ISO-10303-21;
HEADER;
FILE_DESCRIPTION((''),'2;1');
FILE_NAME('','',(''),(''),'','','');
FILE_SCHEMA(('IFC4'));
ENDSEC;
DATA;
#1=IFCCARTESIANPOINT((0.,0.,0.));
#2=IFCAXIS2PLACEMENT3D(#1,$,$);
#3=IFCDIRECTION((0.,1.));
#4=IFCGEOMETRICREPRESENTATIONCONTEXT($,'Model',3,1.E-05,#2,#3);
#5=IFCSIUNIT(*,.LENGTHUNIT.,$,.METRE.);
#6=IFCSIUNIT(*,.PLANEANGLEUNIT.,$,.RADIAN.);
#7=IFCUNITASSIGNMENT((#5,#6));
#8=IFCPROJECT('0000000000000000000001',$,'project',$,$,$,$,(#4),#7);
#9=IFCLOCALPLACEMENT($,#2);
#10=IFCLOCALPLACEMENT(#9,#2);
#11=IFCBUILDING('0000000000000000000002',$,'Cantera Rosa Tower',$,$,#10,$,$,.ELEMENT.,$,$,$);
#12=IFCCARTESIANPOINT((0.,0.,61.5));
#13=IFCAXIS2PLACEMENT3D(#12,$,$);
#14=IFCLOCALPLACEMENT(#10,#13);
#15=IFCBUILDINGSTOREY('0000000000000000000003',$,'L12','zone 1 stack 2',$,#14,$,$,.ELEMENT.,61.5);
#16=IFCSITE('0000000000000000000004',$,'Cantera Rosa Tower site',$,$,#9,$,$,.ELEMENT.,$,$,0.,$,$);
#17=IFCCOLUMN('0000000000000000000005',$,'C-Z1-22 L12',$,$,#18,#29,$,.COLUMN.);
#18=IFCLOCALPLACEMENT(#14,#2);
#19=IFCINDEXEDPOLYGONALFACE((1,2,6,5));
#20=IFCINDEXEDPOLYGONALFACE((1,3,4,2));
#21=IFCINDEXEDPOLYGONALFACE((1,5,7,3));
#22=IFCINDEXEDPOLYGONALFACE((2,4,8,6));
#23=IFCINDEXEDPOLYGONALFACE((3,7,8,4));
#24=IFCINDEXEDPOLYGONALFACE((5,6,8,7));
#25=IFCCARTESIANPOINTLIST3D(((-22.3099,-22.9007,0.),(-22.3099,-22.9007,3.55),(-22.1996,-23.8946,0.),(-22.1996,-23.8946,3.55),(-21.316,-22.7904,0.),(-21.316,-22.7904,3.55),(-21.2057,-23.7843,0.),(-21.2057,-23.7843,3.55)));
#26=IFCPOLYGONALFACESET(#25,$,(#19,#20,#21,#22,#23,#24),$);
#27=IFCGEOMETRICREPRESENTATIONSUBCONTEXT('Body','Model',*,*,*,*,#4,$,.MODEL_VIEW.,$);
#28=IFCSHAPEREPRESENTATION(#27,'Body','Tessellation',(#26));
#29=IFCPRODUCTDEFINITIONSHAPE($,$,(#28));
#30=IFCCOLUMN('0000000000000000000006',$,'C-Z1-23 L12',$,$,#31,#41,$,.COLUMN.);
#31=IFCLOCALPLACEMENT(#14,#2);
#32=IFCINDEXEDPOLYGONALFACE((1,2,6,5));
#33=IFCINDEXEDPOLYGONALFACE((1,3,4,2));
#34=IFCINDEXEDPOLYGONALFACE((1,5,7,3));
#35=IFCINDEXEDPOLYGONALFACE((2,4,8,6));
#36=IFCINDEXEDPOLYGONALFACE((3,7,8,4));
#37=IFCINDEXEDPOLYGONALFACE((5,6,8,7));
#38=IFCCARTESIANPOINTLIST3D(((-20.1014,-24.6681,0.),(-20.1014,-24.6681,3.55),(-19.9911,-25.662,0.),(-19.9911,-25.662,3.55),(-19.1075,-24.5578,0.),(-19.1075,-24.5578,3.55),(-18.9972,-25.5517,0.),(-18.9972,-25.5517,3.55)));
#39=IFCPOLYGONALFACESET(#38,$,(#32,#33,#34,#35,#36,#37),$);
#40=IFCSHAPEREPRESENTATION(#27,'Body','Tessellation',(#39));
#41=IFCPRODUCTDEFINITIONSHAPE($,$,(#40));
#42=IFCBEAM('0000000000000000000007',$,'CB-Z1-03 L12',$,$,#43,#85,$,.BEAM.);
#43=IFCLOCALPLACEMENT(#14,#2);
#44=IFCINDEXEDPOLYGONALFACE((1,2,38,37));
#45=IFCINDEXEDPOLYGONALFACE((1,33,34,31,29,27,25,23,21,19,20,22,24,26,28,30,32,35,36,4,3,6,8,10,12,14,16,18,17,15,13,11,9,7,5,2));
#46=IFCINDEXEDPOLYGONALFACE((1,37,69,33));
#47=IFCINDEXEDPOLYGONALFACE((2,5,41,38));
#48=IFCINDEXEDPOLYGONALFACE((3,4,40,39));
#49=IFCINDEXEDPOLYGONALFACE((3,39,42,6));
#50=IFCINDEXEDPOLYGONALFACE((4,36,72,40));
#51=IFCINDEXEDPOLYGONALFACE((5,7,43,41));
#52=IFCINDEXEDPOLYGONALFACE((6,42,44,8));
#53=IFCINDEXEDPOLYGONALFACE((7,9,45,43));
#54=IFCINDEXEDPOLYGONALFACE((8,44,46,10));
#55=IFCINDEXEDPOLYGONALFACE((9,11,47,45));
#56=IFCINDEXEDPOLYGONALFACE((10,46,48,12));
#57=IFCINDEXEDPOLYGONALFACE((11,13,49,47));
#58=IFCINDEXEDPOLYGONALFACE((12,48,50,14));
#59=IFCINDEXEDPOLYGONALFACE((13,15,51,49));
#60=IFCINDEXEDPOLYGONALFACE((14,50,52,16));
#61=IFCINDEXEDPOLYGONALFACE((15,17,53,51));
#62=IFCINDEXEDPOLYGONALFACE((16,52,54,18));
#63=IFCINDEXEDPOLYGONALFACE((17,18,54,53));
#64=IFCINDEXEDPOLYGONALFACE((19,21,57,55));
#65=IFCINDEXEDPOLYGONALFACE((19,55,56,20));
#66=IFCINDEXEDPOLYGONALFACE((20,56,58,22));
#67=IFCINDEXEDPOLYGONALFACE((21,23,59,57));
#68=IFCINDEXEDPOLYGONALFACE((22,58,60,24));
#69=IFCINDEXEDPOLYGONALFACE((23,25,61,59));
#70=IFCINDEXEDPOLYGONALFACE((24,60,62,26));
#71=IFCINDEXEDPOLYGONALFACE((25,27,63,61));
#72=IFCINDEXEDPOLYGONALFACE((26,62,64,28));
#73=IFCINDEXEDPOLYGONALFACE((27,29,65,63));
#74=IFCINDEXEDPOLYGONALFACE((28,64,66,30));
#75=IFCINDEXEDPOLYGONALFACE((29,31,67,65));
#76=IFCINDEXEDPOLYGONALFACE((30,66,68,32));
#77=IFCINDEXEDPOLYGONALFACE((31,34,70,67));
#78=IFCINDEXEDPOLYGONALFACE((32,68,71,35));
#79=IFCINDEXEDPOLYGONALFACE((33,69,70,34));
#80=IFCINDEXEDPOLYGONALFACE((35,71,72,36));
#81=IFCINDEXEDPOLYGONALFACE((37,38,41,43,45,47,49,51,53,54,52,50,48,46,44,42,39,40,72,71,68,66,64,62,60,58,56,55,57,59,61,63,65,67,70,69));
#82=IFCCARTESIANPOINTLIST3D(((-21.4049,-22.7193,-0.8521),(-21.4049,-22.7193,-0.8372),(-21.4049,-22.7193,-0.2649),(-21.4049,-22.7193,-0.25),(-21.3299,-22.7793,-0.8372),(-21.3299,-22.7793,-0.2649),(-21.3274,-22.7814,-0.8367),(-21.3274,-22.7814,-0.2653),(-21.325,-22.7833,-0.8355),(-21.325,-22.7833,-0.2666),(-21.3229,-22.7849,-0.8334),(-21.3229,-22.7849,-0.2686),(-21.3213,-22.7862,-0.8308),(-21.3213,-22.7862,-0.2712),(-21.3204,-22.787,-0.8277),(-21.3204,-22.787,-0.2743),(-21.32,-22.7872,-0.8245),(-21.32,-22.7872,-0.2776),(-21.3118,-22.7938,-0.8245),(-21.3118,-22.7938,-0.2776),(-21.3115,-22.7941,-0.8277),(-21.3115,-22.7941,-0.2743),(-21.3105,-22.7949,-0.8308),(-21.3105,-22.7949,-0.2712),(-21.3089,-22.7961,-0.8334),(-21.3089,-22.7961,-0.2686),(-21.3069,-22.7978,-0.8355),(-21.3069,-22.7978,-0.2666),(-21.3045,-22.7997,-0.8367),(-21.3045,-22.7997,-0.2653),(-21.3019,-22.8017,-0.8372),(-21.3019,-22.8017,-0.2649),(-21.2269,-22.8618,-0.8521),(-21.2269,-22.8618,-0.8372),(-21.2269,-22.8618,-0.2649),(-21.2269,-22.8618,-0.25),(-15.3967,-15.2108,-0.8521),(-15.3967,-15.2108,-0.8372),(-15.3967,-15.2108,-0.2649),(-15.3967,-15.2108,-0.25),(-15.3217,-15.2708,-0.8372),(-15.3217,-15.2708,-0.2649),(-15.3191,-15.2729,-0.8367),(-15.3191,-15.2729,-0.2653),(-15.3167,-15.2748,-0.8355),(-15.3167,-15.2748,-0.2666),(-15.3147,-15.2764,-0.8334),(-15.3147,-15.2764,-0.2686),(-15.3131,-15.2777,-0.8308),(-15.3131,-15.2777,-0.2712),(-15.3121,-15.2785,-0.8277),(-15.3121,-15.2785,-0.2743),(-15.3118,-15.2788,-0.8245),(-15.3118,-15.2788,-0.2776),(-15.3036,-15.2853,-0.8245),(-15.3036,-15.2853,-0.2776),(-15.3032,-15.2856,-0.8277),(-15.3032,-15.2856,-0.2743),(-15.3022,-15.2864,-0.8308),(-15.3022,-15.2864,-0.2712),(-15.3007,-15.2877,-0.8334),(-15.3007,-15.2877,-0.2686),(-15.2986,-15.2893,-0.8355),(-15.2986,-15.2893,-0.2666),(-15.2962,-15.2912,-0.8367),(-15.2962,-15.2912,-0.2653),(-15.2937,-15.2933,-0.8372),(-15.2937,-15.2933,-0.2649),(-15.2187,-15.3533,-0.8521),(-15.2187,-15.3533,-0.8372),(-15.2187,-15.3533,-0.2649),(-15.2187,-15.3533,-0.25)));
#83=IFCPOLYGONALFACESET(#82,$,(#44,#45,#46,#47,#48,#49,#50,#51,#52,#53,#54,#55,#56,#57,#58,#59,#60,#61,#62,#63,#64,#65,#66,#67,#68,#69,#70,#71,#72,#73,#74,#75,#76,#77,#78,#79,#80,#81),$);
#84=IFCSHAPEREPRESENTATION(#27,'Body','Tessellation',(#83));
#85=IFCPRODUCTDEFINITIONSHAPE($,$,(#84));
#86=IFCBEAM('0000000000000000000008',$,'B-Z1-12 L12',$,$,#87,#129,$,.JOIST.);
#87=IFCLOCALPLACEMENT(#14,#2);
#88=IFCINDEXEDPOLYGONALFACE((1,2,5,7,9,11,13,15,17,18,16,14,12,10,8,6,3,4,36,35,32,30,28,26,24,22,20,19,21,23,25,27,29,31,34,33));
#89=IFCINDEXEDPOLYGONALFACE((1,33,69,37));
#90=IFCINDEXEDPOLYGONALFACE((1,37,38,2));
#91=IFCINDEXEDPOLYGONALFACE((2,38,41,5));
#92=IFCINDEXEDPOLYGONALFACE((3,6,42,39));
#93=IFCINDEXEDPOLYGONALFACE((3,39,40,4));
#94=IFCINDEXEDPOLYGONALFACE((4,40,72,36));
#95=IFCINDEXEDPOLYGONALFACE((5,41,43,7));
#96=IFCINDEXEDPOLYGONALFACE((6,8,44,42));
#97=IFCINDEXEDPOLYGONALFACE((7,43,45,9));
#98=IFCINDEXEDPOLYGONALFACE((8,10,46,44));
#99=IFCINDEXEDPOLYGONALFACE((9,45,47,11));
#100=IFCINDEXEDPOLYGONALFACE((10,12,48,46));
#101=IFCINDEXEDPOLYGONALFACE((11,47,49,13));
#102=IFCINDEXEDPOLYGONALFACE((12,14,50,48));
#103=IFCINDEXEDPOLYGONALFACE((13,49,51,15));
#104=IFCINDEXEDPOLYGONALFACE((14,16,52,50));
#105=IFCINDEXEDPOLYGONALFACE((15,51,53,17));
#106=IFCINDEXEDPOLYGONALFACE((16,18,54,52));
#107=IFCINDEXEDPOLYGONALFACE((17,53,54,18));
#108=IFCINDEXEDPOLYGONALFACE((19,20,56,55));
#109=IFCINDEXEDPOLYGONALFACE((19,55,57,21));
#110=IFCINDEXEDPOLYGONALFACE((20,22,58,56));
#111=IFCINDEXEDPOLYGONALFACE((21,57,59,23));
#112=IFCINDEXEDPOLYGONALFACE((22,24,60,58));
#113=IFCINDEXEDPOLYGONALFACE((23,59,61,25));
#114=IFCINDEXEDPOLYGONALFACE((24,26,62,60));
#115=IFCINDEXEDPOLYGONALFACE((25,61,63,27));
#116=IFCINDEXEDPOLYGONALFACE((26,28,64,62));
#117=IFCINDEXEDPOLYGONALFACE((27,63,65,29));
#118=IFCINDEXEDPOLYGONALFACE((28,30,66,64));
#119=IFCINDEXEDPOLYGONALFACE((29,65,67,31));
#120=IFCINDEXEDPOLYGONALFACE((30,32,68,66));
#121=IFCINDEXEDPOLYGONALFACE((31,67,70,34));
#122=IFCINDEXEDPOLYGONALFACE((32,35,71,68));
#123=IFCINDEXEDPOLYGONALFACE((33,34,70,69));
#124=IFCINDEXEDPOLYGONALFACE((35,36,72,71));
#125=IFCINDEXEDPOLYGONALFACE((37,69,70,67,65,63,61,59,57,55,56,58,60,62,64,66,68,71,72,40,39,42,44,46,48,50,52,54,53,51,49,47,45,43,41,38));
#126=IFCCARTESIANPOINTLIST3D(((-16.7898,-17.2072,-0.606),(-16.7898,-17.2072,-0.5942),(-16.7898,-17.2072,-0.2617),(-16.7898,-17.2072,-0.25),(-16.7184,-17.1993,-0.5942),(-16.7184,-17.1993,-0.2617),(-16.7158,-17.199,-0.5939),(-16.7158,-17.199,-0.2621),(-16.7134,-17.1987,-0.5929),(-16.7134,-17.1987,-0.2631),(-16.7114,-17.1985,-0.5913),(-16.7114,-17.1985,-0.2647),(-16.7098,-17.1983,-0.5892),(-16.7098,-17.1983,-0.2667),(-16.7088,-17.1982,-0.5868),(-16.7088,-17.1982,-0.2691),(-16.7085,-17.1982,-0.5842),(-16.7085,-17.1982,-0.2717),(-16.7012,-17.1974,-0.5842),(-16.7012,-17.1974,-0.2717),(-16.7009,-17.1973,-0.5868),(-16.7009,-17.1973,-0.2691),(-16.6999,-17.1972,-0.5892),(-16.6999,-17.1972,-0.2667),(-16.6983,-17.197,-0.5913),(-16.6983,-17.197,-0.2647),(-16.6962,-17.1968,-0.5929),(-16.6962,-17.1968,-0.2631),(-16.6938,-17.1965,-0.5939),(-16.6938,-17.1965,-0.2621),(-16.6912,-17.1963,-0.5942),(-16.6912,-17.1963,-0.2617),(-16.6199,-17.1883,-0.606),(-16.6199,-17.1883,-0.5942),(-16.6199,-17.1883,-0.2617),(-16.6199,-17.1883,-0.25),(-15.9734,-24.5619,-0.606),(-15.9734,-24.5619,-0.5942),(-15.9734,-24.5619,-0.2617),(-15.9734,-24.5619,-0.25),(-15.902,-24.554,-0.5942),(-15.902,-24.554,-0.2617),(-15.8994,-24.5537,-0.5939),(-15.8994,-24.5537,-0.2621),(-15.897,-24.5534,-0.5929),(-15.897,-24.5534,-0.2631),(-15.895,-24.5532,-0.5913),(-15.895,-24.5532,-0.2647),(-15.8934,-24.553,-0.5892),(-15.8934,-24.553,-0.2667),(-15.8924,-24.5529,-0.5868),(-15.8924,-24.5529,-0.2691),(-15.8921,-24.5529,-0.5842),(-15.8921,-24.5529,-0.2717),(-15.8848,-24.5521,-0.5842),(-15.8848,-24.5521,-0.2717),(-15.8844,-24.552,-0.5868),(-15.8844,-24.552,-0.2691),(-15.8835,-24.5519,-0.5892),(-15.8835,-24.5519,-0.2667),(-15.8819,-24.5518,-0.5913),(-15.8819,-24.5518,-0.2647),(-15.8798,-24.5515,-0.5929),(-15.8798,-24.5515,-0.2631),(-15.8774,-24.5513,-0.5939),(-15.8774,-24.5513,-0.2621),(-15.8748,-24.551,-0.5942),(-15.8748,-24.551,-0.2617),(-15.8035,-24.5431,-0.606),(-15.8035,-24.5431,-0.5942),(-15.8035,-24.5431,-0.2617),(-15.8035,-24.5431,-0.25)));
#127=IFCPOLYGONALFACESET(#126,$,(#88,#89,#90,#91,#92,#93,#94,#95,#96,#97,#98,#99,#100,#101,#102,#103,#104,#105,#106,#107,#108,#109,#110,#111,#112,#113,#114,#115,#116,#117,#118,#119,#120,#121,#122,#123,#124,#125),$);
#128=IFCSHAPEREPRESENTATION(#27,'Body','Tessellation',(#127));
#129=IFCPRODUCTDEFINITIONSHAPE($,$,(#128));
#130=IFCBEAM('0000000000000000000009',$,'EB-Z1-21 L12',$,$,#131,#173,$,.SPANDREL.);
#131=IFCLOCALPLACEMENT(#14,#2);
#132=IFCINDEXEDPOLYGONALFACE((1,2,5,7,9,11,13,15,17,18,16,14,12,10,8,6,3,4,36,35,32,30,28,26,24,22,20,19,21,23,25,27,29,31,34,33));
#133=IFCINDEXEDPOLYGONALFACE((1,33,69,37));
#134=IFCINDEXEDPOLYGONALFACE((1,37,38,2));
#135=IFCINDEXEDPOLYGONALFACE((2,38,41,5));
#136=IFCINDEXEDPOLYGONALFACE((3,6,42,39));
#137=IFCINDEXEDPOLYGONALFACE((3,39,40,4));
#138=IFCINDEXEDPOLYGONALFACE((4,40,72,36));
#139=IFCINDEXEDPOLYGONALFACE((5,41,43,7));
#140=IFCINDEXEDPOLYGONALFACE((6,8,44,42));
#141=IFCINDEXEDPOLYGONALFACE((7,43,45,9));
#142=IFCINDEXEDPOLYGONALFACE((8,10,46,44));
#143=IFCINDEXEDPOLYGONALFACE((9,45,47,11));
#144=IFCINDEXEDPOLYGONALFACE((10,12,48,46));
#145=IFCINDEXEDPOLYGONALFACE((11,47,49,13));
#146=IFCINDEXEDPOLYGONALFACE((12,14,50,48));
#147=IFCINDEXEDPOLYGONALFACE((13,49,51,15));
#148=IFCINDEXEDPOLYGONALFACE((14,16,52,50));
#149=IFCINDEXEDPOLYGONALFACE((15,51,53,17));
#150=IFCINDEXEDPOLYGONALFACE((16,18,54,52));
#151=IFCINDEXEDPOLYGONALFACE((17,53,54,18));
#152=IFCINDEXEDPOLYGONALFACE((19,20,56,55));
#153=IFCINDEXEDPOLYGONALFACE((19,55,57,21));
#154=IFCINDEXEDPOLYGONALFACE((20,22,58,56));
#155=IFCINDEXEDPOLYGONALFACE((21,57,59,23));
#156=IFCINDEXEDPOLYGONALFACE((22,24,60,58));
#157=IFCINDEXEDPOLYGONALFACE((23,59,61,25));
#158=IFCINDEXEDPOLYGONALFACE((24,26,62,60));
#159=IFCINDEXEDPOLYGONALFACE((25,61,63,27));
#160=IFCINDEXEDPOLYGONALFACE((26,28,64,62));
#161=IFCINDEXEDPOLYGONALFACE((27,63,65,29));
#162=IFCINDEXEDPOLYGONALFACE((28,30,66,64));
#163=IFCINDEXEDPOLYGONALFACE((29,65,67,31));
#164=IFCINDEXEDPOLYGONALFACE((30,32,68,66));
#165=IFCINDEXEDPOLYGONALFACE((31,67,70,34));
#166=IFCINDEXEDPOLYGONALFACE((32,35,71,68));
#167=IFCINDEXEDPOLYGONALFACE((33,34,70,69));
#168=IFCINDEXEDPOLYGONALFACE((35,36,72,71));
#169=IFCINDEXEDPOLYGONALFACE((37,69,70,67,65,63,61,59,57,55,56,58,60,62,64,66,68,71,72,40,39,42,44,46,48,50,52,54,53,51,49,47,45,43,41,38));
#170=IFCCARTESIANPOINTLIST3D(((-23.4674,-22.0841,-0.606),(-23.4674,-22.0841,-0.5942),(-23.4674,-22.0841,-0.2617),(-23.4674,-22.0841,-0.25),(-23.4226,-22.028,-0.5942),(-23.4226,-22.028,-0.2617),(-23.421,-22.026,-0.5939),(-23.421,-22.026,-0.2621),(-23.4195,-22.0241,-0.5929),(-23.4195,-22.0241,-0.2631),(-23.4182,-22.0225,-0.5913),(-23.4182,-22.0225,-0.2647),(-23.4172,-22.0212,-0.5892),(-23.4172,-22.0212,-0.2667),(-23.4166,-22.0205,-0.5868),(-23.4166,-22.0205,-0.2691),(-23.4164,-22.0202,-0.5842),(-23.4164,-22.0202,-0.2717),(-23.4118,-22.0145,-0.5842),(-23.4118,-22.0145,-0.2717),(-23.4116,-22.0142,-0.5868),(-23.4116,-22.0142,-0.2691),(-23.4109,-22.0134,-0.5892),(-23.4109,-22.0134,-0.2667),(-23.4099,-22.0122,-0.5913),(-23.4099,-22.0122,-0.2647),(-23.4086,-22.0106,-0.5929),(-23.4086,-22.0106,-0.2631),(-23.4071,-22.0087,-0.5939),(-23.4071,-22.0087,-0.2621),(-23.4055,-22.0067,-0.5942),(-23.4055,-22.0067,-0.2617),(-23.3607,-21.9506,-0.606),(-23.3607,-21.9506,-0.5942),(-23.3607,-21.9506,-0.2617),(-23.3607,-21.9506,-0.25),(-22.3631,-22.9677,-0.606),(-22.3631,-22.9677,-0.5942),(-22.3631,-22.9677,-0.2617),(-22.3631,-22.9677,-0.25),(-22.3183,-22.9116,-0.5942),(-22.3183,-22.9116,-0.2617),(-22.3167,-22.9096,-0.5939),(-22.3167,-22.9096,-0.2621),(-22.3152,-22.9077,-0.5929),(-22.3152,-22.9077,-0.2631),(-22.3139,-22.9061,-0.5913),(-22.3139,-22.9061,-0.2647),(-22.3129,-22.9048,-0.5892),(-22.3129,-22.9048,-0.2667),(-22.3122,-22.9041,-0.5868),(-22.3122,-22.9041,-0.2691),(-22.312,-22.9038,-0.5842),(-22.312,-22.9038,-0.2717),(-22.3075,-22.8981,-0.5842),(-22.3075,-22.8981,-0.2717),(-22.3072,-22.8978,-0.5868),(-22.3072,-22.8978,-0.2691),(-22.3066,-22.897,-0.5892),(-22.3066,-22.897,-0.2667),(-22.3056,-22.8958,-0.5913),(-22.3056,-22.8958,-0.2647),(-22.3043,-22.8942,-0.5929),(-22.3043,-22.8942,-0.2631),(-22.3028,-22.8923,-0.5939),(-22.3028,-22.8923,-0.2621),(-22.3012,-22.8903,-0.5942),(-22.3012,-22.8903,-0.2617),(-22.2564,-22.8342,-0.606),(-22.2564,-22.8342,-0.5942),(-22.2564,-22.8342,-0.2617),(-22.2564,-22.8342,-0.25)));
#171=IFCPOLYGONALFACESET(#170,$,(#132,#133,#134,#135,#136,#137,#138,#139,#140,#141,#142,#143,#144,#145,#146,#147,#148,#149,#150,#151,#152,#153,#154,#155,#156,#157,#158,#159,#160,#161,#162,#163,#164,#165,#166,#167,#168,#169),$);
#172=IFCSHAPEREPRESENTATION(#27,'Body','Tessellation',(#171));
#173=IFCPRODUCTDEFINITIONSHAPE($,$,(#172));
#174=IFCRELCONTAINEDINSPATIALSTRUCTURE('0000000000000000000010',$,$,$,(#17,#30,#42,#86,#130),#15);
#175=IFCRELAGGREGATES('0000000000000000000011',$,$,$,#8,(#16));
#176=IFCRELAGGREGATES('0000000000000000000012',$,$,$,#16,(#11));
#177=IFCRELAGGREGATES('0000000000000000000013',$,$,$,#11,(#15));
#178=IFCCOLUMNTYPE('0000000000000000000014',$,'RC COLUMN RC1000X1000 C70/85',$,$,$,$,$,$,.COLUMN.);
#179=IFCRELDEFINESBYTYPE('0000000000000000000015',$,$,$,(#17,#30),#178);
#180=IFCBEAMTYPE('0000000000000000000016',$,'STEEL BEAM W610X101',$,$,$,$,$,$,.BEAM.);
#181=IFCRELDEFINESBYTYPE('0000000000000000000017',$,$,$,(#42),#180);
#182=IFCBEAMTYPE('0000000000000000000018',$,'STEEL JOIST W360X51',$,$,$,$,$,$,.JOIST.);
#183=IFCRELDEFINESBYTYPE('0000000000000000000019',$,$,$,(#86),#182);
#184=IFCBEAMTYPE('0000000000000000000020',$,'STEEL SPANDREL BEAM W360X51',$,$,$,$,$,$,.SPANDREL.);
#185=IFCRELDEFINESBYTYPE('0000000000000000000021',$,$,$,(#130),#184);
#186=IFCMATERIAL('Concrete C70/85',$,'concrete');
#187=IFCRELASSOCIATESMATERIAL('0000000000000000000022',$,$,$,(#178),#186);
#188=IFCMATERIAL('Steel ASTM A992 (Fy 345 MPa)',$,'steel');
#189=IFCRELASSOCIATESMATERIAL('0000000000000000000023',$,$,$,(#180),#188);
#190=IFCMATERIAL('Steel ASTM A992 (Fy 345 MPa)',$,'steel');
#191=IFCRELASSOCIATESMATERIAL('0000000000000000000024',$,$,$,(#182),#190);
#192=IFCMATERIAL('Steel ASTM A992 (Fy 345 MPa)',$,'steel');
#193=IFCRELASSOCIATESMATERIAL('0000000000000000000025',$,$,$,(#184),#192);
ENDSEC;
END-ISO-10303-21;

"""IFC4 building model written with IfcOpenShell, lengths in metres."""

from ifc_helpers import new_model, si_unit, direction, frame, origin, origin_2d, place, context, subcontext, project, spatial, rectangle, i_section, extrude, material, material_profile, profile_set, type_object, element, save


model = new_model("IFC4")

# Units and contexts
model_context = context("Model", 3, precision=1e-05, world=origin(), true_north=direction((0.0, 1.0)))
body_context = subcontext(model_context, "Body", "Model", "MODEL_VIEW")
ifc_project = project(units=[si_unit("LENGTHUNIT", "METRE"), si_unit("PLANEANGLEUNIT", "RADIAN")], contexts=[model_context])

# Site, building, storey
site_placement = place(None, origin())
site = spatial("IfcSite", under=ifc_project, at=site_placement, Name="Cantera Rosa Tower site", CompositionType="ELEMENT", RefElevation=0.0)
building_placement = place(site_placement, origin())
building = spatial("IfcBuilding", under=site, at=building_placement, Name="Cantera Rosa Tower", CompositionType="ELEMENT")
storey_placement = place(building_placement, frame((0.0, 0.0, 61.5)))
storey = spatial("IfcBuildingStorey", under=building, at=storey_placement, Name="L12", Description="zone 1 stack 2", CompositionType="ELEMENT", Elevation=61.5)

# Columns
ifc_material_1 = material(Name="Concrete C70/85", Category="concrete")
ifc_material_profile_1 = material_profile(ifc_material_1, rectangle(XDim=1.0, YDim=1.0, at=origin_2d()), Name="RC COLUMN RC1000X1000 C70/85")
ifc_profile_set_1 = profile_set([ifc_material_profile_1], Name="Concrete C70/85")
column_type = type_object("IfcColumnType", Name="RC COLUMN RC1000X1000 C70/85", PredefinedType="COLUMN", material=ifc_profile_set_1)
for number, where, z_axis, x_axis, name in (
    (1, (-21.7578, -23.3425, 0.0), (0.0, 0.0, 1.0), (0.993897, 0.110313, 0.0), "C-Z1-22 L12"),
    (2, (-19.5493, -25.1099, 0.0), (0.0, 0.0, 1.0), (0.993897, 0.110313, 0.0), "C-Z1-23 L12"),
):
    element("IfcColumn", number, at=place(storey_placement, frame(where, z_axis=z_axis, x_axis=x_axis)), inside=storey, type_object=column_type, Name=name, PredefinedType="COLUMN", context=body_context, shape_type="SweptSolid", body=[
        extrude(rectangle(XDim=1.0, YDim=1.0, at=origin_2d()), origin(), (0.0, 0.0, 1.0), 3.55),
    ])

# Beams
ifc_material_2 = material(Name="Steel ASTM A992 (Fy 345 MPa)", Category="steel")
ifc_material_profile_2 = material_profile(ifc_material_2, i_section(OverallWidth=0.228, OverallDepth=0.6021, WebThickness=0.0105, FlangeThickness=0.0149, FilletRadius=0.0127, at=origin_2d()), Name="W610X101")
ifc_profile_set_2 = profile_set([ifc_material_profile_2], Name="Steel ASTM A992 (Fy 345 MPa)")
beam_type_1 = type_object("IfcBeamType", Name="STEEL BEAM W610X101", PredefinedType="BEAM", material=ifc_profile_set_2)
beam_1_placement = place(storey_placement, frame((-21.3159, -22.7905, -0.551), z_axis=(0.624788, 0.780794, 0.0), x_axis=(-0.780794, 0.624788, 0.0)))
element("IfcBeam", 3, at=beam_1_placement, inside=storey, type_object=beam_type_1, Name="CB-Z1-03 L12", PredefinedType="BEAM", context=body_context, shape_type="SweptSolid", body=[
    extrude(i_section(OverallWidth=0.228, OverallDepth=0.6021, WebThickness=0.0105, FlangeThickness=0.0149, FilletRadius=0.0127, at=origin_2d()), origin(), (0.0, 0.0, 1.0), 9.6165),
])
ifc_material_3 = material(Name="Steel ASTM A992 (Fy 345 MPa)", Category="steel")
ifc_material_profile_3 = material_profile(ifc_material_3, i_section(OverallWidth=0.1709, OverallDepth=0.356, WebThickness=0.0073, FlangeThickness=0.0117, FilletRadius=0.01, at=origin_2d()), Name="W360X51")
ifc_profile_set_3 = profile_set([ifc_material_profile_3], Name="Steel ASTM A992 (Fy 345 MPa)")
beam_type_2 = type_object("IfcBeamType", Name="STEEL JOIST W360X51", PredefinedType="JOIST", material=ifc_profile_set_3)
beam_2_placement = place(storey_placement, frame((-15.8884, -24.5525, -0.428), z_axis=(-0.110327, 0.993895, 0.0), x_axis=(-0.993895, -0.110327, 0.0)))
element("IfcBeam", 4, at=beam_2_placement, inside=storey, type_object=beam_type_2, Name="B-Z1-12 L12", PredefinedType="JOIST", context=body_context, shape_type="SweptSolid", body=[
    extrude(i_section(OverallWidth=0.1709, OverallDepth=0.356, WebThickness=0.0073, FlangeThickness=0.0117, FilletRadius=0.01, at=origin_2d()), origin(), (0.0, 0.0, 1.0), 7.3999),
])
ifc_material_4 = material(Name="Steel ASTM A992 (Fy 345 MPa)", Category="steel")
ifc_material_profile_4 = material_profile(ifc_material_4, i_section(OverallWidth=0.1709, OverallDepth=0.356, WebThickness=0.0073, FlangeThickness=0.0117, FilletRadius=0.01, at=origin_2d()), Name="W360X51")
ifc_profile_set_4 = profile_set([ifc_material_profile_4], Name="Steel ASTM A992 (Fy 345 MPa)")
beam_type_3 = type_object("IfcBeamType", Name="STEEL SPANDREL BEAM W360X51", PredefinedType="SPANDREL", material=ifc_profile_set_4)
for number, where, z_axis, x_axis, name in (
    (5, (-23.4141, -22.0173, -0.428), (0.780818, -0.624758, 0.0), (0.624758, 0.780818, 0.0), "EB-Z1-21 L12"),
):
    element("IfcBeam", number, at=place(storey_placement, frame(where, z_axis=z_axis, x_axis=x_axis)), inside=storey, type_object=beam_type_3, Name=name, PredefinedType="SPANDREL", context=body_context, shape_type="SweptSolid", body=[
        extrude(i_section(OverallWidth=0.1709, OverallDepth=0.356, WebThickness=0.0073, FlangeThickness=0.0117, FilletRadius=0.01, at=origin_2d()), origin(), (0.0, 0.0, 1.0), 1.4143),
    ])

save(model, "model.ifc")
